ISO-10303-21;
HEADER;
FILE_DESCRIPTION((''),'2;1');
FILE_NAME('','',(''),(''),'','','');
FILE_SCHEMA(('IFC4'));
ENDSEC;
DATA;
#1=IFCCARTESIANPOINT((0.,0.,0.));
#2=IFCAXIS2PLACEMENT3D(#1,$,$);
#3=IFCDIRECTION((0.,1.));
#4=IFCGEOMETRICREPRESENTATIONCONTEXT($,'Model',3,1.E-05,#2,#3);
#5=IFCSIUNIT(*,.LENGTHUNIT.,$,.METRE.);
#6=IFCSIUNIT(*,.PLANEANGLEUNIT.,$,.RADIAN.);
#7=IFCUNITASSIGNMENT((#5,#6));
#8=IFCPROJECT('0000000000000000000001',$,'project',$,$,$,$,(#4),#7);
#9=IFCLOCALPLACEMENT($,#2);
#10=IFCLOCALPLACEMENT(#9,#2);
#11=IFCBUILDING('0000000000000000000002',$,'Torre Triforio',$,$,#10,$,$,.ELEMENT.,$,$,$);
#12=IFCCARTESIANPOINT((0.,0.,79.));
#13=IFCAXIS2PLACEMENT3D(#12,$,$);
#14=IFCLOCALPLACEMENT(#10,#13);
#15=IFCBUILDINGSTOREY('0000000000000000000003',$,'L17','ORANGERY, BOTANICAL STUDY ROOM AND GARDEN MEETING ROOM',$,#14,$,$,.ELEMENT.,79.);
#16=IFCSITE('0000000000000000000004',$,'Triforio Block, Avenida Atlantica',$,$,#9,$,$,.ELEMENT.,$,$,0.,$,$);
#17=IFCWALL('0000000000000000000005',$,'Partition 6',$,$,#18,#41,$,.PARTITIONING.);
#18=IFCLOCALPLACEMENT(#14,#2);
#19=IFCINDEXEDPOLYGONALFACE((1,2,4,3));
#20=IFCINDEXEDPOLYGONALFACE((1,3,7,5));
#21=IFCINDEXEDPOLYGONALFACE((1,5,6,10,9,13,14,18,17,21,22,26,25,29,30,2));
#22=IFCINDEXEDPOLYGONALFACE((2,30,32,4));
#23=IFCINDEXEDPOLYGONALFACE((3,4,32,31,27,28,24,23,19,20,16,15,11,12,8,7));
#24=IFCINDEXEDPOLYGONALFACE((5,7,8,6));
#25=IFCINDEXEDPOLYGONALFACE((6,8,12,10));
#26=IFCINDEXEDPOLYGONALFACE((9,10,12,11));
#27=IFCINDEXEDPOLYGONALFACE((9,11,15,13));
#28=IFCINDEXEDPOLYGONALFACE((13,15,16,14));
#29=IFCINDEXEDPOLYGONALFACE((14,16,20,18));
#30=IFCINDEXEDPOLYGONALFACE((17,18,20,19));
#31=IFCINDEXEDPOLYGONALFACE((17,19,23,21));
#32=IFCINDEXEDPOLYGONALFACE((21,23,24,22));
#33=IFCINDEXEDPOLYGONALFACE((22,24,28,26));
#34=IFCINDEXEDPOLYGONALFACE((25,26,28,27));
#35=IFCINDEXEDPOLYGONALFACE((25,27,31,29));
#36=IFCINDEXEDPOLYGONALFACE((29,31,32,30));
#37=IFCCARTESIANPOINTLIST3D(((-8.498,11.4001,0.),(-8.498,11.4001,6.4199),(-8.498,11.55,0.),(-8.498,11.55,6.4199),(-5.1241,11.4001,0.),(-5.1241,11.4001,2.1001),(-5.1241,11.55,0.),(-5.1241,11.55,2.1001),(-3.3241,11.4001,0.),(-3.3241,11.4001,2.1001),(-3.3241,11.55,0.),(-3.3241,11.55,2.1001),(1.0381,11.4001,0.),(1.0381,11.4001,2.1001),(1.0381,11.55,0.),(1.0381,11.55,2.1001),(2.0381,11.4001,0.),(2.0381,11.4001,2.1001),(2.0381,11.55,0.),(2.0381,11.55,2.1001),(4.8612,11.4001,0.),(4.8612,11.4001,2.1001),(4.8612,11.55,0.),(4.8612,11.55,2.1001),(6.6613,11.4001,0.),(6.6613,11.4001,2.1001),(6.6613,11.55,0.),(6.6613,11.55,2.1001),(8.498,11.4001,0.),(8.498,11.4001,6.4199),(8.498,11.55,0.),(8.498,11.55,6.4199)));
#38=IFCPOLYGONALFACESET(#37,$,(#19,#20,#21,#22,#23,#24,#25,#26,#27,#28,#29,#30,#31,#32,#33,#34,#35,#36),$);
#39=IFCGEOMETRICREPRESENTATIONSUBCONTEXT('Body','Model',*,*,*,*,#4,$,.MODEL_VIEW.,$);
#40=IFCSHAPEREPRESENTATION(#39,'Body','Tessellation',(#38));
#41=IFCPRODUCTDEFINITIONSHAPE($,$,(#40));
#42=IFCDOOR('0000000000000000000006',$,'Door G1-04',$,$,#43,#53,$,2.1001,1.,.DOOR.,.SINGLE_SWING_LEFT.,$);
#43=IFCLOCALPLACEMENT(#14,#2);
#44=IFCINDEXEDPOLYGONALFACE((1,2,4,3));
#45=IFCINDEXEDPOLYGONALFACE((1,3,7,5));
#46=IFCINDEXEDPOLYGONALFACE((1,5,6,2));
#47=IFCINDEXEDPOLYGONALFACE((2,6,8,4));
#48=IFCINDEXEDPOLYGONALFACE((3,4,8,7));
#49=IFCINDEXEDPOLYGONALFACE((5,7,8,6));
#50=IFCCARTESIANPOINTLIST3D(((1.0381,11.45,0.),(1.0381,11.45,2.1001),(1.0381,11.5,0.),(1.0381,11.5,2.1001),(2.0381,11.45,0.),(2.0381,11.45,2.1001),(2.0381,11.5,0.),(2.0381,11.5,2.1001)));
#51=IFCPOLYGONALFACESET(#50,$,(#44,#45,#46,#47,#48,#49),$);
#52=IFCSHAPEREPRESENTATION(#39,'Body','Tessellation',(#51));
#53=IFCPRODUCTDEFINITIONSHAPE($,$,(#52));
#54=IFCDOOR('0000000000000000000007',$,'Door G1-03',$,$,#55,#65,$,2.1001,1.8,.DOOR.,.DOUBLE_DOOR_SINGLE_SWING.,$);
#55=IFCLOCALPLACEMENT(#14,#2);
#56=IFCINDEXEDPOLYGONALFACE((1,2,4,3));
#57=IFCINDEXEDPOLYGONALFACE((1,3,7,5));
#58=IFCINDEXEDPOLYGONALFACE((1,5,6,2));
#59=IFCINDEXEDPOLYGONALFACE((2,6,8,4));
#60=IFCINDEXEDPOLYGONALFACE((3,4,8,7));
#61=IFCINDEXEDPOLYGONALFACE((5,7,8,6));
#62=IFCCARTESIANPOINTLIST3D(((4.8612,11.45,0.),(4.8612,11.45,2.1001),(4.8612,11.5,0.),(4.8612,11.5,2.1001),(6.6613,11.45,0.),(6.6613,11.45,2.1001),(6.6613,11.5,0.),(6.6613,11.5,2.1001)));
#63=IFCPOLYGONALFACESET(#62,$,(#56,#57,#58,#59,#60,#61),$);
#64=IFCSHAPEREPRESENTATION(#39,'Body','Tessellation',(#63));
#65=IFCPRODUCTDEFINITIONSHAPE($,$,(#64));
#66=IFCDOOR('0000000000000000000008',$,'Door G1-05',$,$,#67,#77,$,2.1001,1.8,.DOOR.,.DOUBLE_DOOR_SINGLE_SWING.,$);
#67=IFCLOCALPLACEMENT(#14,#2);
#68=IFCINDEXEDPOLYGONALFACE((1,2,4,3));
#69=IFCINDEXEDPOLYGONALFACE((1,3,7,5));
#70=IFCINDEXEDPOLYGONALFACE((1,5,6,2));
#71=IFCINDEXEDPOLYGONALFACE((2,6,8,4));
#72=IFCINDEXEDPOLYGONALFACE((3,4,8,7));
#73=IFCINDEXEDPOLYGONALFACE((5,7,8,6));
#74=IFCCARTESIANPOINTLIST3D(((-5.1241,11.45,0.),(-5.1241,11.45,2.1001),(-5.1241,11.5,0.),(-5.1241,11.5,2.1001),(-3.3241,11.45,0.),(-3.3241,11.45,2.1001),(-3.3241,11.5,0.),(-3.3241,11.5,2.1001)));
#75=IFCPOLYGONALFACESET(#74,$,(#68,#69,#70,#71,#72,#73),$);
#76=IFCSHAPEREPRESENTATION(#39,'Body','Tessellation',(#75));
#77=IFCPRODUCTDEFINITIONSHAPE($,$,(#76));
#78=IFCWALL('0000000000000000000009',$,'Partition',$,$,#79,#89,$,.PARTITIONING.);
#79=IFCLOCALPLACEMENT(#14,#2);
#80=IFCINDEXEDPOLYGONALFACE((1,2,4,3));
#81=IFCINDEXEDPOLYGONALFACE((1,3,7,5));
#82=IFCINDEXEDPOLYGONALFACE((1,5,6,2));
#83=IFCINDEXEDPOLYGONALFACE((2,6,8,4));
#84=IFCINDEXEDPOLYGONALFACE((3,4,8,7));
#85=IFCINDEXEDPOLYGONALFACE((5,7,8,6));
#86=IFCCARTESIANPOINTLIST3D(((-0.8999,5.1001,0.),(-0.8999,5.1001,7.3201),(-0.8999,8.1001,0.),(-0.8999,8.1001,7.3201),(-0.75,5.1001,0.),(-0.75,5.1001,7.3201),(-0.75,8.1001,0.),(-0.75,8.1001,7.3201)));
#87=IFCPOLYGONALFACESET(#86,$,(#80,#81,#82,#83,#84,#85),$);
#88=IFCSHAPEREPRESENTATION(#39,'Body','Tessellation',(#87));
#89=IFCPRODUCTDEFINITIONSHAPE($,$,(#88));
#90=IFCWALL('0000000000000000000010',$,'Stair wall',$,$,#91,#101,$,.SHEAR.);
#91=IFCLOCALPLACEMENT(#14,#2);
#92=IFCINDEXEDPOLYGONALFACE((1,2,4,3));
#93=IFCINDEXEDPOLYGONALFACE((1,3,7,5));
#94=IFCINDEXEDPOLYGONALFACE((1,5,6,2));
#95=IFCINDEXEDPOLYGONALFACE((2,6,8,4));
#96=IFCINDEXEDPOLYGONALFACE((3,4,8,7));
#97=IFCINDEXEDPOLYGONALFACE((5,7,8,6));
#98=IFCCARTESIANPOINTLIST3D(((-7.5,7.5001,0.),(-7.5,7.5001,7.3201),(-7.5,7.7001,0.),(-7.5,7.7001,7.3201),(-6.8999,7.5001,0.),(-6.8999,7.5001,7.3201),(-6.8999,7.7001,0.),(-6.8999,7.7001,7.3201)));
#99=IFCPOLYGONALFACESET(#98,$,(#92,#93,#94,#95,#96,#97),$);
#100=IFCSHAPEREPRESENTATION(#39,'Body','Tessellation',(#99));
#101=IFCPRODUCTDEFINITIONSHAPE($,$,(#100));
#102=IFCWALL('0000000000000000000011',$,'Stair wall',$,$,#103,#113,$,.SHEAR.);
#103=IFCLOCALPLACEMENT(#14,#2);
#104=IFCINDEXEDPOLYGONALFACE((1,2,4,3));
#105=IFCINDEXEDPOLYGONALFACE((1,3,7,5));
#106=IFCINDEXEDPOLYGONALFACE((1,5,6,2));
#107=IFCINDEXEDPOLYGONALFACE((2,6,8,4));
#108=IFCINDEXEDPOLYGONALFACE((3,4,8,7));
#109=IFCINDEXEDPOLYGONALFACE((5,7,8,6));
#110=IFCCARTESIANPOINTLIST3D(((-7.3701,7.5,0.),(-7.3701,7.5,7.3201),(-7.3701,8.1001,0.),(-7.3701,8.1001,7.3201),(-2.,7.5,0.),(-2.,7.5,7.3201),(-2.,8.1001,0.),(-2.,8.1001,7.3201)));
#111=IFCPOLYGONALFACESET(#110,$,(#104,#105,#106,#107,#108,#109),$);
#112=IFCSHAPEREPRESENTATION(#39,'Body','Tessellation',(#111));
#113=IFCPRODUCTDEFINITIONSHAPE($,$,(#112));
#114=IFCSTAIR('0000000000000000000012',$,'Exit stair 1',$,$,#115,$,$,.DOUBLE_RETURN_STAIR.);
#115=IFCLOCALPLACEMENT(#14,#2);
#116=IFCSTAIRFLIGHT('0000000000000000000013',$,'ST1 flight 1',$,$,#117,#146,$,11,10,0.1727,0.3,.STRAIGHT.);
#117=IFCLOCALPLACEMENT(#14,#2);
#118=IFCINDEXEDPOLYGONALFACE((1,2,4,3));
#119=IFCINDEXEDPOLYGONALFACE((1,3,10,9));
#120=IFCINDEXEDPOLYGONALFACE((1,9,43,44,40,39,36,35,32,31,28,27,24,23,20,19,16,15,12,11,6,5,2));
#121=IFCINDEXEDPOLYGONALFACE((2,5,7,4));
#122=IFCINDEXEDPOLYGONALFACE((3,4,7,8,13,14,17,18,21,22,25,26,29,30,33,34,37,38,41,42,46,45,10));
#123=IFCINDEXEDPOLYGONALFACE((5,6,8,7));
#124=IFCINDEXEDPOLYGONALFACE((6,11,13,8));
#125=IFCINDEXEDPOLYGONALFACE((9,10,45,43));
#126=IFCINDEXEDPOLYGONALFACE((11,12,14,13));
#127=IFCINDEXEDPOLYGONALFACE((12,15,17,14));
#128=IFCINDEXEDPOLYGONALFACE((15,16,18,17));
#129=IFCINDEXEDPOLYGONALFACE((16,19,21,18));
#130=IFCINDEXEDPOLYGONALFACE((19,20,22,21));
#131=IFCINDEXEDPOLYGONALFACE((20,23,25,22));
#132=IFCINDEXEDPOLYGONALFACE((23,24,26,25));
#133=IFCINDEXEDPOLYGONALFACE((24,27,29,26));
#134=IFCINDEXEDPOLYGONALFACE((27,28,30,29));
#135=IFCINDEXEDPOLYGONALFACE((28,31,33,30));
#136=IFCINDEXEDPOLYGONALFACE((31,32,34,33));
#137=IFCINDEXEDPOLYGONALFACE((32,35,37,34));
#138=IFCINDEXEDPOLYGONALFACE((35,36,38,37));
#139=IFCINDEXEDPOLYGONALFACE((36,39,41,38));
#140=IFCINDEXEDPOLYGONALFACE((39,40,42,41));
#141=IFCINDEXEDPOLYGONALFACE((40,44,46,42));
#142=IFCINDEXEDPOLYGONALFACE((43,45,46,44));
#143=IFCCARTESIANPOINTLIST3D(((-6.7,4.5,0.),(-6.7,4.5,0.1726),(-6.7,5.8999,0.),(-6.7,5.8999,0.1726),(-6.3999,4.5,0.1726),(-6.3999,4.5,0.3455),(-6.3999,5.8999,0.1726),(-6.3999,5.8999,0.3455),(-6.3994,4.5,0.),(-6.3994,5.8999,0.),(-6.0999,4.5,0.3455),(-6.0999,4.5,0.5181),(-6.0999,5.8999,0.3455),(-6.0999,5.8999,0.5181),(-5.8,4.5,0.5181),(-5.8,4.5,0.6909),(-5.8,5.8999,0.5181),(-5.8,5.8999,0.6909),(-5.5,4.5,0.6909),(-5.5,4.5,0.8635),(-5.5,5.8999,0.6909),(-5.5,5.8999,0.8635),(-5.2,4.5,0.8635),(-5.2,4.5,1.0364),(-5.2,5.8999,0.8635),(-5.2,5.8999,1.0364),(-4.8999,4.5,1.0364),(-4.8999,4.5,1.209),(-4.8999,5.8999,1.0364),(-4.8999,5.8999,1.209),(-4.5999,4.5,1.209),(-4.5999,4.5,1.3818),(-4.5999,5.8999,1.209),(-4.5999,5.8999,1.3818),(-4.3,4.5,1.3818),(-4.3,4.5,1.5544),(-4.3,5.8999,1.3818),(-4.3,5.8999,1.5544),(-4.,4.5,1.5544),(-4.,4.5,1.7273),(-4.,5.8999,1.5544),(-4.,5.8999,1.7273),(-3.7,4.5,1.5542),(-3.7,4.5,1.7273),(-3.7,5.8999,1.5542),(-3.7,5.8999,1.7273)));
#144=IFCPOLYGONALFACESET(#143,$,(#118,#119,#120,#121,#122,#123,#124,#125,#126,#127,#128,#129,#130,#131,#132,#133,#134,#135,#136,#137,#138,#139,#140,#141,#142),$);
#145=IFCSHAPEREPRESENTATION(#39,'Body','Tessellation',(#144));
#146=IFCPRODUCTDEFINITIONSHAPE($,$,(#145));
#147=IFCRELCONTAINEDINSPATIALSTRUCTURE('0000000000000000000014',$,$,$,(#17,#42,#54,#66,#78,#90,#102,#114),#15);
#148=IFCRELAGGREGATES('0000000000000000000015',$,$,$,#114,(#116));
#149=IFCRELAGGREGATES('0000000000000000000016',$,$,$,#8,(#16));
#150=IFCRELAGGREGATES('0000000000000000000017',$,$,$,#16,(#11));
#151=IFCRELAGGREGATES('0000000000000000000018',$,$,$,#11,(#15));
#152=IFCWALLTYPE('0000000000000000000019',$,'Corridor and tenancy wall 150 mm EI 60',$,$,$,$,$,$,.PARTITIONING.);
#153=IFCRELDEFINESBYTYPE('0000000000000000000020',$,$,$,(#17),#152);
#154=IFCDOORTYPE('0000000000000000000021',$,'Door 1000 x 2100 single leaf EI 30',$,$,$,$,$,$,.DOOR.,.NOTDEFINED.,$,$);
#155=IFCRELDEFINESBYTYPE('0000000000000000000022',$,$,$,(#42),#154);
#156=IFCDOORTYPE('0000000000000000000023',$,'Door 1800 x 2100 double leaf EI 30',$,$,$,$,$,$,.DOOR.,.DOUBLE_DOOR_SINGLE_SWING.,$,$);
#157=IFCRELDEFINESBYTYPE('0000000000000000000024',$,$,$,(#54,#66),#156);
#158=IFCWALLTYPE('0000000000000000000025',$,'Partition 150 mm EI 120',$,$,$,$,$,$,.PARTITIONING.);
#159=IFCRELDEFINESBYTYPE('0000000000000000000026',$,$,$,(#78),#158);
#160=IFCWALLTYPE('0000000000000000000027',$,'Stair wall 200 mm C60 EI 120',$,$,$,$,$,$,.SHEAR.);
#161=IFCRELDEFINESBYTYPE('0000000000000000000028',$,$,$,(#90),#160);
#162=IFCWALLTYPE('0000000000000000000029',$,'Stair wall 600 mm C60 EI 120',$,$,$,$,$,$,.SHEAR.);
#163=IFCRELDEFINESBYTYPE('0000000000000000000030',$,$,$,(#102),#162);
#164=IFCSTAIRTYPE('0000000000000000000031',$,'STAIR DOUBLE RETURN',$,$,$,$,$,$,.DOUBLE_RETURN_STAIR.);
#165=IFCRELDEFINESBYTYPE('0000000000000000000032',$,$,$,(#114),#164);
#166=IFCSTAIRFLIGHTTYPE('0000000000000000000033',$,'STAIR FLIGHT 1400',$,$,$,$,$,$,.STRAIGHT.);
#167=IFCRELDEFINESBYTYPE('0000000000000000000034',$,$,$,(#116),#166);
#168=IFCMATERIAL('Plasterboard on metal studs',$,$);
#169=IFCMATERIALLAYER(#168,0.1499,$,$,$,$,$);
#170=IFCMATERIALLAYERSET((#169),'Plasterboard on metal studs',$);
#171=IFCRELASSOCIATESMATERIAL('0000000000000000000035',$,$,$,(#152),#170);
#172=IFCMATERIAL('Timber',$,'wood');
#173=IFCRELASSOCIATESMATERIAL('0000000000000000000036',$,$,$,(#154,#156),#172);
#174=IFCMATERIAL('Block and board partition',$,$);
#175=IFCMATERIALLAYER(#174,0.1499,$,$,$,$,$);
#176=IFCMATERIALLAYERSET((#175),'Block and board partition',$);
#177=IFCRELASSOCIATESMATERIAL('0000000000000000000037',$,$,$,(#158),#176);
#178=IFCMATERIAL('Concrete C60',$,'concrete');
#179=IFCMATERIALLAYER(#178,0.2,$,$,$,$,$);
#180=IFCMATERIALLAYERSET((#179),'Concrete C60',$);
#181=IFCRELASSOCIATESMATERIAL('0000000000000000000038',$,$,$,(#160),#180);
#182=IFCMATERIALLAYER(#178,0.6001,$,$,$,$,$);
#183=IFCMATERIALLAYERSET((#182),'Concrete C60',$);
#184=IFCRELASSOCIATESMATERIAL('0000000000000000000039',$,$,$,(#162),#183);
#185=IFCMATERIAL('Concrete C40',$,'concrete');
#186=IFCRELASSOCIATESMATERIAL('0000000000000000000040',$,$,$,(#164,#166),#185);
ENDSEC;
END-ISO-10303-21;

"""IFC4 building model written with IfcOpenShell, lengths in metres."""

from ifc_helpers import new_model, si_unit, direction, frame, frame_2d, origin, place, context, subcontext, project, spatial, polyline, rectangle, outline, extrude, material, layer, layer_set, type_object, element, fill, aggregate, save


model = new_model("IFC4")

# Units and contexts
model_context = context("Model", 3, precision=1e-05, world=origin(), true_north=direction((0.0, 1.0)))
body_context = subcontext(model_context, "Body", "Model", "MODEL_VIEW")
ifc_project = project(units=[si_unit("LENGTHUNIT", "METRE"), si_unit("PLANEANGLEUNIT", "RADIAN")], contexts=[model_context])

# Site, building, storey
site_placement = place(None, origin())
site = spatial("IfcSite", under=ifc_project, at=site_placement, Name="Triforio Block, Avenida Atlantica", CompositionType="ELEMENT", RefElevation=0.0)
building_placement = place(site_placement, origin())
building = spatial("IfcBuilding", under=site, at=building_placement, Name="Torre Triforio", CompositionType="ELEMENT")
storey_placement = place(building_placement, frame((0.0, 0.0, 79.0)))
storey = spatial("IfcBuildingStorey", under=building, at=storey_placement, Name="L17", Description="ORANGERY, BOTANICAL STUDY ROOM AND GARDEN MEETING ROOM", CompositionType="ELEMENT", Elevation=79.0)

# Wall, openings, doors
ifc_material_1 = material(Name="Concrete C60", Category="concrete")
ifc_material_2 = material(Name="Plasterboard on metal studs")
ifc_layer_1 = layer(ifc_material_2, 0.1499)
ifc_layer_set_1 = layer_set([ifc_layer_1], Name="Plasterboard on metal studs")
wall_type_1 = type_object("IfcWallType", Name="Corridor and tenancy wall 150 mm EI 60", PredefinedType="PARTITIONING", material=ifc_layer_set_1)
wall_1_placement = place(storey_placement, frame((-8.498, 11.4751, 0.0), z_axis=(0.0, 0.0, 1.0), x_axis=(1.0, 0.0, 0.0)))
wall_1 = element("IfcWall", 1, at=wall_1_placement, inside=storey, type_object=wall_type_1, Name="Partition 6", PredefinedType="PARTITIONING", context=body_context, shape_type="SweptSolid", body=[
    extrude(rectangle(XDim=16.9961, YDim=0.1499, at=frame_2d((8.498, 0.0))), origin(), (0.0, 0.0, 1.0), 6.4199),
])
opening_1_placement = place(wall_1_placement, frame((13.3594, 0.0, 0.0)))
opening_1 = element("IfcOpeningElement", 2, at=opening_1_placement, cuts=wall_1, PredefinedType="OPENING", context=body_context, shape_type="SweptSolid", body=[
    extrude(rectangle(XDim=1.8, YDim=2.1001, at=frame_2d((0.8999, 1.05))), frame((0.0, 0.085, 0.0), z_axis=(0.0, -1.0, 0.0), x_axis=(1.0, 0.0, 0.0)), (0.0, 0.0, 1.0), 0.1699),
])
opening_2_placement = place(wall_1_placement, frame((9.5361, 0.0, 0.0)))
opening_2 = element("IfcOpeningElement", 3, at=opening_2_placement, cuts=wall_1, PredefinedType="OPENING", context=body_context, shape_type="SweptSolid", body=[
    extrude(rectangle(XDim=1.0, YDim=2.1001, at=frame_2d((0.5, 1.05))), frame((0.0, 0.085, 0.0), z_axis=(0.0, -1.0, 0.0), x_axis=(1.0, 0.0, 0.0)), (0.0, 0.0, 1.0), 0.1699),
])
opening_3_placement = place(wall_1_placement, frame((3.374, 0.0, 0.0)))
opening_3 = element("IfcOpeningElement", 4, at=opening_3_placement, cuts=wall_1, PredefinedType="OPENING", context=body_context, shape_type="SweptSolid", body=[
    extrude(rectangle(XDim=1.8, YDim=2.1001, at=frame_2d((0.8999, 1.05))), frame((0.0, 0.085, 0.0), z_axis=(0.0, -1.0, 0.0), x_axis=(1.0, 0.0, 0.0)), (0.0, 0.0, 1.0), 0.1699),
])
ifc_material_3 = material(Name="Timber", Category="wood")
door_type_1 = type_object("IfcDoorType", Name="Door 1000 x 2100 single leaf EI 30", OperationType="NOTDEFINED", PredefinedType="DOOR", material=ifc_material_3)
door_1_placement = place(opening_2_placement, origin())
door_1 = element("IfcDoor", 5, at=door_1_placement, inside=storey, type_object=door_type_1, Name="Door G1-04", OperationType="SINGLE_SWING_LEFT", OverallHeight=2.1001, OverallWidth=1.0, PredefinedType="DOOR", context=body_context, shape_type="SweptSolid", body=[
    extrude(rectangle(XDim=1.0, YDim=2.1001, at=frame_2d((0.5, 1.05))), frame((0.0, 0.0249, 0.0), z_axis=(0.0, -1.0, 0.0), x_axis=(1.0, 0.0, 0.0)), (0.0, 0.0, 1.0), 0.05),
])
fill(opening_2, door_1)
door_type_2 = type_object("IfcDoorType", Name="Door 1800 x 2100 double leaf EI 30", OperationType="DOUBLE_DOOR_SINGLE_SWING", PredefinedType="DOOR", material=ifc_material_3)
door_2_placement = place(opening_1_placement, origin())
door_2 = element("IfcDoor", 6, at=door_2_placement, inside=storey, type_object=door_type_2, Name="Door G1-03", OperationType="DOUBLE_DOOR_SINGLE_SWING", OverallHeight=2.1001, OverallWidth=1.8, PredefinedType="DOOR", context=body_context, shape_type="SweptSolid", body=[
    extrude(rectangle(XDim=1.8, YDim=2.1001, at=frame_2d((0.8999, 1.05))), frame((0.0, 0.0249, 0.0), z_axis=(0.0, -1.0, 0.0), x_axis=(1.0, 0.0, 0.0)), (0.0, 0.0, 1.0), 0.05),
])
fill(opening_1, door_2)
door_3_placement = place(opening_3_placement, origin())
door_3 = element("IfcDoor", 7, at=door_3_placement, inside=storey, type_object=door_type_2, Name="Door G1-05", OperationType="DOUBLE_DOOR_SINGLE_SWING", OverallHeight=2.1001, OverallWidth=1.8, PredefinedType="DOOR", context=body_context, shape_type="SweptSolid", body=[
    extrude(rectangle(XDim=1.8, YDim=2.1001, at=frame_2d((0.8999, 1.05))), frame((0.0, 0.0249, 0.0), z_axis=(0.0, -1.0, 0.0), x_axis=(1.0, 0.0, 0.0)), (0.0, 0.0, 1.0), 0.05),
])
fill(opening_3, door_3)

# Walls
ifc_material_4 = material(Name="Block and board partition")
ifc_layer_2 = layer(ifc_material_4, 0.1499)
ifc_layer_set_2 = layer_set([ifc_layer_2], Name="Block and board partition")
wall_type_2 = type_object("IfcWallType", Name="Partition 150 mm EI 120", PredefinedType="PARTITIONING", material=ifc_layer_set_2)
wall_2_placement = place(storey_placement, frame((-0.825, 5.1001, 0.0), z_axis=(0.0, 0.0, 1.0), x_axis=(0.0, 1.0, 0.0)))
element("IfcWall", 8, at=wall_2_placement, inside=storey, type_object=wall_type_2, Name="Partition", PredefinedType="PARTITIONING", context=body_context, shape_type="SweptSolid", body=[
    extrude(rectangle(XDim=3.0, YDim=0.1499, at=frame_2d((1.5, 0.0))), origin(), (0.0, 0.0, 1.0), 7.3201),
])
ifc_layer_3 = layer(ifc_material_1, 0.2)
ifc_layer_set_3 = layer_set([ifc_layer_3], Name="Concrete C60")
wall_type_3 = type_object("IfcWallType", Name="Stair wall 200 mm C60 EI 120", PredefinedType="SHEAR", material=ifc_layer_set_3)
wall_3_placement = place(storey_placement, frame((-7.5, 7.6001, 0.0), z_axis=(0.0, 0.0, 1.0), x_axis=(1.0, 0.0, 0.0)))
element("IfcWall", 9, at=wall_3_placement, inside=storey, type_object=wall_type_3, Name="Stair wall", PredefinedType="SHEAR", context=body_context, shape_type="SweptSolid", body=[
    extrude(rectangle(XDim=0.6001, YDim=0.2, at=frame_2d((0.3, 0.0))), origin(), (0.0, 0.0, 1.0), 7.3201),
])
ifc_layer_4 = layer(ifc_material_1, 0.6001)
ifc_layer_set_4 = layer_set([ifc_layer_4], Name="Concrete C60")
wall_type_4 = type_object("IfcWallType", Name="Stair wall 600 mm C60 EI 120", PredefinedType="SHEAR", material=ifc_layer_set_4)
wall_4_placement = place(storey_placement, frame((-7.3701, 7.8, 0.0), z_axis=(0.0, 0.0, 1.0), x_axis=(1.0, 0.0, 0.0)))
element("IfcWall", 10, at=wall_4_placement, inside=storey, type_object=wall_type_4, Name="Stair wall", PredefinedType="SHEAR", context=body_context, shape_type="SweptSolid", body=[
    extrude(rectangle(XDim=5.3701, YDim=0.6001, at=frame_2d((2.6851, 0.0))), origin(), (0.0, 0.0, 1.0), 7.3201),
])

# Stair, stair flight
ifc_material_5 = material(Name="Concrete C40", Category="concrete")
stair_type = type_object("IfcStairType", Name="STAIR DOUBLE RETURN", PredefinedType="DOUBLE_RETURN_STAIR", material=ifc_material_5)
stair_placement = place(storey_placement, origin())
stair = element("IfcStair", 11, at=stair_placement, inside=storey, type_object=stair_type, Name="Exit stair 1", PredefinedType="DOUBLE_RETURN_STAIR")
stair_flight_type = type_object("IfcStairFlightType", Name="STAIR FLIGHT 1400", PredefinedType="STRAIGHT", material=ifc_material_5)
stair_flight_1_placement = place(storey_placement, frame((-6.7, 5.2, 0.0), z_axis=(0.0, 0.0, 1.0), x_axis=(1.0, 0.0, 0.0)))
stair_flight_1 = element("IfcStairFlight", 12, at=stair_flight_1_placement, type_object=stair_flight_type, Name="ST1 flight 1", NumberOfRisers=11, NumberOfTreads=10, PredefinedType="STRAIGHT", RiserHeight=0.1727, TreadLength=0.3, context=body_context, shape_type="SweptSolid", body=[
    extrude(outline(polyline([(0.0, 0.0), (0.0, 0.1726), (0.3, 0.1726), (0.3, 0.3455), (0.6001, 0.3455), (0.6001, 0.5181), (0.8999, 0.5181), (0.8999, 0.6909), (1.2, 0.6909), (1.2, 0.8635), (1.5, 0.8635), (1.5, 1.0364), (1.8, 1.0364), (1.8, 1.209), (2.1001, 1.209), (2.1001, 1.3818), (2.3999, 1.3818), (2.3999, 1.5544), (2.7, 1.5544), (2.7, 1.7273), (3.0, 1.7273), (3.0, 1.8999), (3.0, 1.5542), (0.3005, 0.0), (0.0, 0.0)])), frame((0.0, 0.7, 0.0), z_axis=(0.0, -1.0, 0.0), x_axis=(1.0, 0.0, 0.0)), (0.0, 0.0, 1.0), 1.3999),
])
aggregate(stair, [stair_flight_1])

save(model, "model.ifc")
